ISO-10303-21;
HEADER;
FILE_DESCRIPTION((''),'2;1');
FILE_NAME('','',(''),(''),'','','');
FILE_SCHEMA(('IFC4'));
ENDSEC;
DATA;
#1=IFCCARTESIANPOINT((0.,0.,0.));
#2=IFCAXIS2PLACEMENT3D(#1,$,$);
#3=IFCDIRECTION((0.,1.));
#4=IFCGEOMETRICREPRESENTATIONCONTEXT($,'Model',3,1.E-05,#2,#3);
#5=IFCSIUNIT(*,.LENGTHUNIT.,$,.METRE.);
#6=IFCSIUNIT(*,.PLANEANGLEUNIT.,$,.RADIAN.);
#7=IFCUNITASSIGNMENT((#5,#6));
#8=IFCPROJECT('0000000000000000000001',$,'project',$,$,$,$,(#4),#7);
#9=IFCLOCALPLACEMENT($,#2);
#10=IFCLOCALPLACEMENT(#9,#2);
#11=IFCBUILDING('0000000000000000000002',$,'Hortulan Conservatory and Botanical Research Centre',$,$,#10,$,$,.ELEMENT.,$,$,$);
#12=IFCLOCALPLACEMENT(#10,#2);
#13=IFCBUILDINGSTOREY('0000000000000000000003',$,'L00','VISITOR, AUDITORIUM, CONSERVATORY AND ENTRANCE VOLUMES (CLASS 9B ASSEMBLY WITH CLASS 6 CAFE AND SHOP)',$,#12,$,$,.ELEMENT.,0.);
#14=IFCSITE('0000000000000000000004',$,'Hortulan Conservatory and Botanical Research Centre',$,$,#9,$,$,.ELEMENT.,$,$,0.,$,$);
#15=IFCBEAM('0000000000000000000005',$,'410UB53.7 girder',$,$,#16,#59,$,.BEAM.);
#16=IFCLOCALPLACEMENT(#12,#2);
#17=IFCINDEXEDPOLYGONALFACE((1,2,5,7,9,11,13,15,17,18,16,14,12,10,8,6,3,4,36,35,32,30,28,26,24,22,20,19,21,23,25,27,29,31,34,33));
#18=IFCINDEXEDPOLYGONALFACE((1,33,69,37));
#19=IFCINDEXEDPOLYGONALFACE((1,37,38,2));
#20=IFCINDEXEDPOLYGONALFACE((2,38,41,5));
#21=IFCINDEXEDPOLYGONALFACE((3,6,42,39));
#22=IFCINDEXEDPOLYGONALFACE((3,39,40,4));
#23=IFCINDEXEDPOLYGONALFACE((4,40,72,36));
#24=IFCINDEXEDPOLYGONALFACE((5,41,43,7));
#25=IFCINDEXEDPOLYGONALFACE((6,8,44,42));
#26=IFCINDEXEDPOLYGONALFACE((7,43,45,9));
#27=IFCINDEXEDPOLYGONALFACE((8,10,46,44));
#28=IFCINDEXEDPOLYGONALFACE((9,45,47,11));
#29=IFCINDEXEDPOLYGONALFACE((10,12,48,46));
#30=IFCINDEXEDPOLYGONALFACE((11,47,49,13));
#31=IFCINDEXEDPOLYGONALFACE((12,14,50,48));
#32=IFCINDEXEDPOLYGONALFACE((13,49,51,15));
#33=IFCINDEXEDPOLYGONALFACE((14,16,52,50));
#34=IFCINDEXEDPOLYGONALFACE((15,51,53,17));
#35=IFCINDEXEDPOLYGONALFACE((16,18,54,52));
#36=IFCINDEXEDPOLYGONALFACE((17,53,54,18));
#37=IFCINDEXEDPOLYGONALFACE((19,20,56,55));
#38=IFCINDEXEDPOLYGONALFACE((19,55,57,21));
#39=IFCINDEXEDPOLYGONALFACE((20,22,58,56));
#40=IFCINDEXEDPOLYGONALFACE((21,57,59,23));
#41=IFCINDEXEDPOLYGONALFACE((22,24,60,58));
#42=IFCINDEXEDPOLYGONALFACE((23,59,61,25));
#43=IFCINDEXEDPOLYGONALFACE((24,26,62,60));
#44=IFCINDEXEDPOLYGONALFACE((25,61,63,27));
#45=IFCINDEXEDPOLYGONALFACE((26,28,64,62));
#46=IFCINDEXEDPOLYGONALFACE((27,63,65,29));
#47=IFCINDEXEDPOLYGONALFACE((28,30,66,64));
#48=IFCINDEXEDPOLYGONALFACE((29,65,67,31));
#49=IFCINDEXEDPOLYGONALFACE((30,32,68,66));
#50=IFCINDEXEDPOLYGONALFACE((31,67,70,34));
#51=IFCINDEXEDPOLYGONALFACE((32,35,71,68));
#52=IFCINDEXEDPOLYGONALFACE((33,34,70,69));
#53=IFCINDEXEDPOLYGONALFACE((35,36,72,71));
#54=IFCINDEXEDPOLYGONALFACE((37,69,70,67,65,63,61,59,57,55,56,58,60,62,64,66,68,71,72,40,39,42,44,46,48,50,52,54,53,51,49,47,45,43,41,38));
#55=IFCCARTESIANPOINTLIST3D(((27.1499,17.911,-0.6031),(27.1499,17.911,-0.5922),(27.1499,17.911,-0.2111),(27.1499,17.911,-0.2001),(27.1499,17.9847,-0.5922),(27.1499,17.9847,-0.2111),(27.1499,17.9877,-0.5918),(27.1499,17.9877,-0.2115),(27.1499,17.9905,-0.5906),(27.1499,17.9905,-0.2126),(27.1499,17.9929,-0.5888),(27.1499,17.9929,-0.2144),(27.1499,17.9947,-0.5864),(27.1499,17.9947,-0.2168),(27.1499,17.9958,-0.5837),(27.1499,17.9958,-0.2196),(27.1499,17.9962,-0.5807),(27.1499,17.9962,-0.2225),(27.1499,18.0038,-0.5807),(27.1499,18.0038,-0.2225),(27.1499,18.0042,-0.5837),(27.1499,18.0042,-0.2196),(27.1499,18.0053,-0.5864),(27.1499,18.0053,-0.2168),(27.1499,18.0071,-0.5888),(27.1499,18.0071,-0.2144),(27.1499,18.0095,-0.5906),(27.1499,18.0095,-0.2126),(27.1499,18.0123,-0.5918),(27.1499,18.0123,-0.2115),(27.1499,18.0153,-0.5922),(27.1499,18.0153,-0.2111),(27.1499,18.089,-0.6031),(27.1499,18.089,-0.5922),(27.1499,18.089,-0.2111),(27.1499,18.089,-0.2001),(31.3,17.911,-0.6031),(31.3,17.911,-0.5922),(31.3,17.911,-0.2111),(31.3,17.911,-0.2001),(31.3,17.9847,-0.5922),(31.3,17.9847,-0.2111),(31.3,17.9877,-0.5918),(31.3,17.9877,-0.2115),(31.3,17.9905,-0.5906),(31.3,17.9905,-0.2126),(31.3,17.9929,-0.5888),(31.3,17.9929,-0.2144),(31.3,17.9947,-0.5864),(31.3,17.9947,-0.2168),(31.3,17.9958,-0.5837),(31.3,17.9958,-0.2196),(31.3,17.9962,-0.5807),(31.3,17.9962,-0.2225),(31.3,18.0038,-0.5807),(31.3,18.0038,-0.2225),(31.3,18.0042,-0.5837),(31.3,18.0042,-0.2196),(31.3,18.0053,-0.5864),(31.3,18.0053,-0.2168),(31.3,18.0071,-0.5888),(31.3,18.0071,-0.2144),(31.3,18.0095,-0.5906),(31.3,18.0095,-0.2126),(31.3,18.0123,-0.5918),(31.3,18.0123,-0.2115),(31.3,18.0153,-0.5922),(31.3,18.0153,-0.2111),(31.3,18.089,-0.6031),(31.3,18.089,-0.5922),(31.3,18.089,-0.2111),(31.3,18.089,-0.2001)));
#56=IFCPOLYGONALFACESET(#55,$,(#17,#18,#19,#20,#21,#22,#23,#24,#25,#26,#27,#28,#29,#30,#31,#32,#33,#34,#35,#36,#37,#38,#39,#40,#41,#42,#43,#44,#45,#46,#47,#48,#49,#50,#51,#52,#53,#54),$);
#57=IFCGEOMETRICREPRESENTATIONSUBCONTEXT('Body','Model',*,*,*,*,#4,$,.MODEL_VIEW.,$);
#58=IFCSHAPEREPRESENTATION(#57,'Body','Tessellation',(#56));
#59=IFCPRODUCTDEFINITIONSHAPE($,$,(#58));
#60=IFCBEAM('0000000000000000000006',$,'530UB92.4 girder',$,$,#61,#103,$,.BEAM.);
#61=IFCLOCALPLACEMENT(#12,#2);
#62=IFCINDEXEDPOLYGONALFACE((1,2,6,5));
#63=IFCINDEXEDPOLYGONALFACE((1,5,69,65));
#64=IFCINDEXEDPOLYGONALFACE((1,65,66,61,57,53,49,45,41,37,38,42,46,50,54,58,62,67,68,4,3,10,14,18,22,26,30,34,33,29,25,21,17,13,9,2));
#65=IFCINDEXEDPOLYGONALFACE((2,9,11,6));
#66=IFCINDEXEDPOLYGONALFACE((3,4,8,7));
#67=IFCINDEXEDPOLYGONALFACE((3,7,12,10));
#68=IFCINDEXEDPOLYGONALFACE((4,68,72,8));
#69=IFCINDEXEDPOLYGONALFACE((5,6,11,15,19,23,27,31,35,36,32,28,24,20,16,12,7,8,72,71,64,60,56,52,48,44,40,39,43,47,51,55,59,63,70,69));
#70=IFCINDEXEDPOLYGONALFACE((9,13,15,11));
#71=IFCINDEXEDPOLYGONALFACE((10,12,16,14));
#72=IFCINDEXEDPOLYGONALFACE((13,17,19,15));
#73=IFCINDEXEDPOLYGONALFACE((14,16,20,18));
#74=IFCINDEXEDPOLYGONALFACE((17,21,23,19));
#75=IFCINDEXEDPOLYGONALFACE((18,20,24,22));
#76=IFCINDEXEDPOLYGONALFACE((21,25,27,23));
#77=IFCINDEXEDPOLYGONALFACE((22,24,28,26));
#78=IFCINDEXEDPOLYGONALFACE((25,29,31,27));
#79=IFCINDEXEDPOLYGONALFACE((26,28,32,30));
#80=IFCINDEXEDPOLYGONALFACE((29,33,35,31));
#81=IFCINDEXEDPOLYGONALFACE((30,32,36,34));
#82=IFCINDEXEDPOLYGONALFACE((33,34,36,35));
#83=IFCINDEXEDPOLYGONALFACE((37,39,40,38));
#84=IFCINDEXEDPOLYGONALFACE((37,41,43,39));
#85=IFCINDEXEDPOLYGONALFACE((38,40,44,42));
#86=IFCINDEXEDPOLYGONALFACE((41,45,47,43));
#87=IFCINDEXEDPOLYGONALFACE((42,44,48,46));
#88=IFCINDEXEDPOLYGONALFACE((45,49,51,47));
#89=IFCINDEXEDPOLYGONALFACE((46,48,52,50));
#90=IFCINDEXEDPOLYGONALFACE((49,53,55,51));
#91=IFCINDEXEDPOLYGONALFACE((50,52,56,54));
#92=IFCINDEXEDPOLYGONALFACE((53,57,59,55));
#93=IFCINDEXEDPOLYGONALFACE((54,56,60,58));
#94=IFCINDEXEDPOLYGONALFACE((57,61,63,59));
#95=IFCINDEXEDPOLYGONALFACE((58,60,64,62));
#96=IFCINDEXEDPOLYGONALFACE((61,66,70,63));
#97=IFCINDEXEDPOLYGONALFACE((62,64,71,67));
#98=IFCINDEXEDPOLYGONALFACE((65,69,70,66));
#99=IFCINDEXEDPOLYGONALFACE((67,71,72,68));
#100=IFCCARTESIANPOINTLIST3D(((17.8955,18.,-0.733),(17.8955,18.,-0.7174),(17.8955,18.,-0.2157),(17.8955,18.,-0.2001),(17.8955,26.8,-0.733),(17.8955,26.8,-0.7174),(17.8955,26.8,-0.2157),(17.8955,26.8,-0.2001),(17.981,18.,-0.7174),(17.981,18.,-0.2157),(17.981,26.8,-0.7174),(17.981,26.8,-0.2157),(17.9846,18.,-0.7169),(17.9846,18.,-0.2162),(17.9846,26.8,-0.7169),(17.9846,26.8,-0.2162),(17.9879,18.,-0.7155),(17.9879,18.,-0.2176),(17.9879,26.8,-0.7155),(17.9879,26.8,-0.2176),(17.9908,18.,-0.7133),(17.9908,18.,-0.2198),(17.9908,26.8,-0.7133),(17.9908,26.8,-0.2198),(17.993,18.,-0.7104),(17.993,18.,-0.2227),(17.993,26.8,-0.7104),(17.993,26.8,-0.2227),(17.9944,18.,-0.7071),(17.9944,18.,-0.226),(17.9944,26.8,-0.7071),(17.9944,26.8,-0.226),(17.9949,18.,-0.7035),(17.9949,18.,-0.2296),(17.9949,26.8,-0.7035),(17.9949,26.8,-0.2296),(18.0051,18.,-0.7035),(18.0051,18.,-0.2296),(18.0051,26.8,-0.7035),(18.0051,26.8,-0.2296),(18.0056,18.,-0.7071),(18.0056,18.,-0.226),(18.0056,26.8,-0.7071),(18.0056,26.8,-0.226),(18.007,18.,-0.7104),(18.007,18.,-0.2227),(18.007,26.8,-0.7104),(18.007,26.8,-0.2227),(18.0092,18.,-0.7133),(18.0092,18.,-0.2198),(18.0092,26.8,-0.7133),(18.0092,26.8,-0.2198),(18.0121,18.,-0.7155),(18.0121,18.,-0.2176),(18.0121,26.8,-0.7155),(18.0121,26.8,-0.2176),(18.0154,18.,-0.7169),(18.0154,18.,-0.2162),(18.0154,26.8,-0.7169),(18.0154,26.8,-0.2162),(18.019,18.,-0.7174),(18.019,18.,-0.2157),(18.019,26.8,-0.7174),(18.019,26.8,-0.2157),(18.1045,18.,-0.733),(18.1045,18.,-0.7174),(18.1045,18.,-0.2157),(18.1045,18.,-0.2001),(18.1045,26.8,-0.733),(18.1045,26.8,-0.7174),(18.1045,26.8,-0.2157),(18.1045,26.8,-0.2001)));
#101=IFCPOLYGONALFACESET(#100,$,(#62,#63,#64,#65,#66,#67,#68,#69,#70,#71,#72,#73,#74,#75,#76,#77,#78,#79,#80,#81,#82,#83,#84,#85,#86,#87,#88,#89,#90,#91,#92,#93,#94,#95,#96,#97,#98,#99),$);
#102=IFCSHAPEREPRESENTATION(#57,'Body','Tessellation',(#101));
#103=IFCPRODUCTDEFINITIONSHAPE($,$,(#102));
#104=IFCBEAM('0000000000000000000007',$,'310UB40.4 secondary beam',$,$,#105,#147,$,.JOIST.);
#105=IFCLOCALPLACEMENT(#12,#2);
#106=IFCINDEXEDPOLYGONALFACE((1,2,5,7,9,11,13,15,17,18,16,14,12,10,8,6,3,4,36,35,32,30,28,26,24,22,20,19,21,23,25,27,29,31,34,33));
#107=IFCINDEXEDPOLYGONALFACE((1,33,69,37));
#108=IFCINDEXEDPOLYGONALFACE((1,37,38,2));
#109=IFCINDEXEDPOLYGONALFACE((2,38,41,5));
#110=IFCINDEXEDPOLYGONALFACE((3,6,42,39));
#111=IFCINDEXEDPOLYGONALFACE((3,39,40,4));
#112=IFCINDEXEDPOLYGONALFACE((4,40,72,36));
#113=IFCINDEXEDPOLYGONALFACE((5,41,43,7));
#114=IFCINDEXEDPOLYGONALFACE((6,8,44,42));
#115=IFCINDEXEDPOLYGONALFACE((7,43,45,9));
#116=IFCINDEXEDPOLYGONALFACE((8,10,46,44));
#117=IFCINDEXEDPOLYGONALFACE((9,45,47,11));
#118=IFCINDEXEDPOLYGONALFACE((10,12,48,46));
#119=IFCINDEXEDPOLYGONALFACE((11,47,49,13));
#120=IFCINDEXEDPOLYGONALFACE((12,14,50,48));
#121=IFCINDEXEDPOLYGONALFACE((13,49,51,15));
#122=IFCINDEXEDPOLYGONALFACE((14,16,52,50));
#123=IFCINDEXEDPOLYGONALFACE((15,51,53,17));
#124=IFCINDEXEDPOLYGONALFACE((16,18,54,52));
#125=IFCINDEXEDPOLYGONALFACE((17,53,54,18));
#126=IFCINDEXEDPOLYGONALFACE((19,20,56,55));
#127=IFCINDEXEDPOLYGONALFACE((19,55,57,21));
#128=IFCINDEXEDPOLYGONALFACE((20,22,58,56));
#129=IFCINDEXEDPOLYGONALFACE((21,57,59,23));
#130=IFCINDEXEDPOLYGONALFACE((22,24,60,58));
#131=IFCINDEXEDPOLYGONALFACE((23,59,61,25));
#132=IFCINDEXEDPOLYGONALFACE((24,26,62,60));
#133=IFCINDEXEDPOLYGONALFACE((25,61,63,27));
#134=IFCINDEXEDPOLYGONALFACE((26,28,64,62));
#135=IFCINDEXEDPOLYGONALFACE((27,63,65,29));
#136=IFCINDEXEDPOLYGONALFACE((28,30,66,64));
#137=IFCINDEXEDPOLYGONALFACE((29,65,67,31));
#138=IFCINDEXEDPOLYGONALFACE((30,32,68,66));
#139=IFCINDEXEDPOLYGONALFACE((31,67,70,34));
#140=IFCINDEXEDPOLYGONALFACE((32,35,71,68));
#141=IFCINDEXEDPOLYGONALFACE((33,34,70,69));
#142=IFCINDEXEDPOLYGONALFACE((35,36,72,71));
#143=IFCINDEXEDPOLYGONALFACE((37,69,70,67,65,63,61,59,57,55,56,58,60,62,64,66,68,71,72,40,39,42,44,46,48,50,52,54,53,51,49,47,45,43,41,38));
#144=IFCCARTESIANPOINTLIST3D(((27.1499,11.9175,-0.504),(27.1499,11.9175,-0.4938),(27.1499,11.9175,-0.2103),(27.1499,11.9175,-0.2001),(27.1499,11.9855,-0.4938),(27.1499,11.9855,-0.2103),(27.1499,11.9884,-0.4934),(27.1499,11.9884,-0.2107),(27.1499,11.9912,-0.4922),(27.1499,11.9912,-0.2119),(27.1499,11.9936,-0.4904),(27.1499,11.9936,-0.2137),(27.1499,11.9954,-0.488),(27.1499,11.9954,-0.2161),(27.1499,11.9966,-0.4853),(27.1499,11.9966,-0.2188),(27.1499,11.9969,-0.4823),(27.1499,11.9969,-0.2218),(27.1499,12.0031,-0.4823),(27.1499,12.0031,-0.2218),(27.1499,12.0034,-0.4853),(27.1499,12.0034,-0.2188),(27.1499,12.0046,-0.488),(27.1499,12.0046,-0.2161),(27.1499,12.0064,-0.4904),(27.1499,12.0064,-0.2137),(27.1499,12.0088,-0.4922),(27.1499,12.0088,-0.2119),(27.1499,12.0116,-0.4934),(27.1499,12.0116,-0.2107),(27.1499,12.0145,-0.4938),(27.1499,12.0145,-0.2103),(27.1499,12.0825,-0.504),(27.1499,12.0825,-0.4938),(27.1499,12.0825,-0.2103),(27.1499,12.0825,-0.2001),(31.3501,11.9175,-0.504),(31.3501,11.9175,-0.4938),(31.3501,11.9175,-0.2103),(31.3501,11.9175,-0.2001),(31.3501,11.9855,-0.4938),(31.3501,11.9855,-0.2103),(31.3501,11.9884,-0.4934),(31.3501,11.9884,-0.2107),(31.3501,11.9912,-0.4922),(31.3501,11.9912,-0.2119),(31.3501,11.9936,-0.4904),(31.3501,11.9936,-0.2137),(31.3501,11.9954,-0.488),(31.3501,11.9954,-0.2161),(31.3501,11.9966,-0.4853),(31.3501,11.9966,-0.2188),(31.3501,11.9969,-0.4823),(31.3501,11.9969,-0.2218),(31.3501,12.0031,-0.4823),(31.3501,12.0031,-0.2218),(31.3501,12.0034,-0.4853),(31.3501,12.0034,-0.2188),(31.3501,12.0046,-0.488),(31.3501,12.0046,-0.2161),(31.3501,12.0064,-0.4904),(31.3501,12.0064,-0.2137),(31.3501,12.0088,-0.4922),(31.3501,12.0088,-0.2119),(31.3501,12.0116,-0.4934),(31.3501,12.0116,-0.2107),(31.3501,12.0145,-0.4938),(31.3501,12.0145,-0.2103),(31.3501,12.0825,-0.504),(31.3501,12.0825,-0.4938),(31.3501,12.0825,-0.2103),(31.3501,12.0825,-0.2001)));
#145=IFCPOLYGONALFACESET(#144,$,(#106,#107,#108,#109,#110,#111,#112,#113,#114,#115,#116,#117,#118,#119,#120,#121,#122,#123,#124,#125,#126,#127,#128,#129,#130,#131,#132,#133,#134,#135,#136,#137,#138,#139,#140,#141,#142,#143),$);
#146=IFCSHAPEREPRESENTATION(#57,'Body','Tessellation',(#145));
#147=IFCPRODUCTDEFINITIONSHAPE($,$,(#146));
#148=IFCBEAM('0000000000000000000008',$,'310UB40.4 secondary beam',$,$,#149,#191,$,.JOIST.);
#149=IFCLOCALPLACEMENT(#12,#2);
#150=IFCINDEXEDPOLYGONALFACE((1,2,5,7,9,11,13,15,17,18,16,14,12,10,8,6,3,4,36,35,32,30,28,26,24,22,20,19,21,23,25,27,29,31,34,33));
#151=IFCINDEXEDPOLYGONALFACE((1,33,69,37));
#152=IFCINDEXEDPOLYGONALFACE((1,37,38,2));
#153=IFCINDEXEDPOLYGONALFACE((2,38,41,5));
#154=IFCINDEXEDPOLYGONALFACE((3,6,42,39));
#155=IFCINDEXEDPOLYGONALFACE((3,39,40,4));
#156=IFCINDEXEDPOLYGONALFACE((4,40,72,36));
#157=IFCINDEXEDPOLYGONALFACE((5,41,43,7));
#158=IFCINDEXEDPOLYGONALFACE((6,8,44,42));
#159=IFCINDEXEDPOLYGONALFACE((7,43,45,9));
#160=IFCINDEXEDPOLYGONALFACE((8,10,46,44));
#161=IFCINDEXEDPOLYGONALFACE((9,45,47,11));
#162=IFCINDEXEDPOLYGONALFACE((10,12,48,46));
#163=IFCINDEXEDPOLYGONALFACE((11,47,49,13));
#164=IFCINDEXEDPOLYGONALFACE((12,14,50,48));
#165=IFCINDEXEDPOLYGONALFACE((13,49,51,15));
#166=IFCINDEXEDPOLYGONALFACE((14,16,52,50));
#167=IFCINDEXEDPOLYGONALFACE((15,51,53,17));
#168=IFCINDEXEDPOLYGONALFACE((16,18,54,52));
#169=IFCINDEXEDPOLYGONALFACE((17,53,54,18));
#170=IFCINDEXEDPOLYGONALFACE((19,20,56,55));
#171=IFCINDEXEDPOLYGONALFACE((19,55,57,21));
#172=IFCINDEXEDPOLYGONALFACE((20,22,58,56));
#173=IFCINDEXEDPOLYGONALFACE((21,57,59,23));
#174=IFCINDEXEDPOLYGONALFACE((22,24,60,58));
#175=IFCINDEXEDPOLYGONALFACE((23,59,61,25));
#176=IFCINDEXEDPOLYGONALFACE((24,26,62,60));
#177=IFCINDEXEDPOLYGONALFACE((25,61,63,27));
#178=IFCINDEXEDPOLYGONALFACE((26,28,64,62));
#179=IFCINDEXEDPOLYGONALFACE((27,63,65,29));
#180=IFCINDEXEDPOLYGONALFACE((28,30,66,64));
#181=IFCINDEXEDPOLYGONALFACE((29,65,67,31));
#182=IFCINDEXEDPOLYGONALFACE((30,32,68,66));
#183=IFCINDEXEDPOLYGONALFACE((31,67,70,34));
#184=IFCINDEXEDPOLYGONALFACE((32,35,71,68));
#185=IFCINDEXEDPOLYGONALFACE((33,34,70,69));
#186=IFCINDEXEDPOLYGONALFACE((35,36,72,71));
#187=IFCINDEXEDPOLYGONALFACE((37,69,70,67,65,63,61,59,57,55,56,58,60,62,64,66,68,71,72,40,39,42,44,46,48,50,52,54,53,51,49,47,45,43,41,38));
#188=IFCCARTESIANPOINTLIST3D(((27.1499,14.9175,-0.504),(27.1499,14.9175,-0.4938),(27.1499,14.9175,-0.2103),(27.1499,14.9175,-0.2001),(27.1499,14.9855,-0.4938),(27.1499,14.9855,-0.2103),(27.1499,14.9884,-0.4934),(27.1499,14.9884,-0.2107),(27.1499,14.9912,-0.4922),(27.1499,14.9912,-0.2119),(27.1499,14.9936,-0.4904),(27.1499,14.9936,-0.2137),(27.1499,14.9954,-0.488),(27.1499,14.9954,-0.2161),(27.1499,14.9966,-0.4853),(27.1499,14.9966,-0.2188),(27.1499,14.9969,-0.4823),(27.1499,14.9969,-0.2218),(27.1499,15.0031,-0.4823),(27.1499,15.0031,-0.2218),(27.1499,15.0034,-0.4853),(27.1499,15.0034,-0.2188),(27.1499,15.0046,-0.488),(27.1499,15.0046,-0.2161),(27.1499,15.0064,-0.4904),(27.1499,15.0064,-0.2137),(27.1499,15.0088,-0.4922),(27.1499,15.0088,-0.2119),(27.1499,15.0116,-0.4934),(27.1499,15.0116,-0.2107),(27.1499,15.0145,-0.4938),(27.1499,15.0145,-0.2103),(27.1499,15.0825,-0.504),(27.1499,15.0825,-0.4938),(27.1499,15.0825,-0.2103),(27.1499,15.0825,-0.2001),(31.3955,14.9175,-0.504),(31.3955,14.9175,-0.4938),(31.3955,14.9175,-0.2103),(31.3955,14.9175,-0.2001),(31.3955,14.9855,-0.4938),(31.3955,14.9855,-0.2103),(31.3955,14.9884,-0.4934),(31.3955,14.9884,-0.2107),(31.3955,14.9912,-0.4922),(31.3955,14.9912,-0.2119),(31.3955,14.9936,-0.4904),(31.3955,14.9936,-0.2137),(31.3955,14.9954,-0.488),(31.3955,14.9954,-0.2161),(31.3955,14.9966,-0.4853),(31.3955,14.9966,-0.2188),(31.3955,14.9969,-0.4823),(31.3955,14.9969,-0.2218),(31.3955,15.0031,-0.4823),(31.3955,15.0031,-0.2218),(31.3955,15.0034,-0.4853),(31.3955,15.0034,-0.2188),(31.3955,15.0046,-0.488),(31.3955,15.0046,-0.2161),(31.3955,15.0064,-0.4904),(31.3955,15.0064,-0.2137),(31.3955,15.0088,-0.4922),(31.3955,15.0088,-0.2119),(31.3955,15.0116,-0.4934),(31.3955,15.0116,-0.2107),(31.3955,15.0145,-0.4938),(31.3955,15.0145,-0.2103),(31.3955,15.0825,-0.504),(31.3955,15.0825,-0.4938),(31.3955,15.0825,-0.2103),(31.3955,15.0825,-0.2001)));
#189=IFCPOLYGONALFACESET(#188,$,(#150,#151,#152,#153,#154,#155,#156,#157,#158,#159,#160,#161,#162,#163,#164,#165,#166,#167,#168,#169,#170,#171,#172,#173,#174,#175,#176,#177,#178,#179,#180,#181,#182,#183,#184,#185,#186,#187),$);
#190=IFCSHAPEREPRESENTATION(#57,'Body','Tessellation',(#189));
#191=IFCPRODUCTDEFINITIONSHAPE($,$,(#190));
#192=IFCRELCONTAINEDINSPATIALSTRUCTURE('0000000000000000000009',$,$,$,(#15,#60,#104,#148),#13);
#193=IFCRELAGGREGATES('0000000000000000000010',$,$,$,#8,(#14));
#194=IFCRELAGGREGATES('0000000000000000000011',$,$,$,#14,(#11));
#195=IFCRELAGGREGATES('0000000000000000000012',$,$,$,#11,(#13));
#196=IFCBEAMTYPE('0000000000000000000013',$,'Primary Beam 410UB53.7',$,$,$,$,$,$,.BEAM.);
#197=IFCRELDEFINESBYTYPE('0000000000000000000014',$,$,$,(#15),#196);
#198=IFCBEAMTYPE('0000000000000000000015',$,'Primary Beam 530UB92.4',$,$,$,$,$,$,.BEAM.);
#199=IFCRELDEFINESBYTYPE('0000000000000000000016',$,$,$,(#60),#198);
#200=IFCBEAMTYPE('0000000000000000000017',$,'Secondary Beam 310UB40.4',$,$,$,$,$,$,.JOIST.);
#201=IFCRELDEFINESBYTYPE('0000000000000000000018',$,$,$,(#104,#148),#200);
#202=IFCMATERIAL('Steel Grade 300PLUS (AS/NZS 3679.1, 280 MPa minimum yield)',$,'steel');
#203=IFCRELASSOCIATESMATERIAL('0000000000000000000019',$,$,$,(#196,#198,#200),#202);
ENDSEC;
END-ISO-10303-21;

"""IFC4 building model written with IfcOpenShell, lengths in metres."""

from ifc_helpers import new_model, si_unit, direction, frame, origin, origin_2d, place, context, subcontext, project, spatial, i_section, extrude, material, material_profile, profile_set, type_object, element, save


model = new_model("IFC4")

# Units and contexts
model_context = context("Model", 3, precision=1e-05, world=origin(), true_north=direction((0.0, 1.0)))
body_context = subcontext(model_context, "Body", "Model", "MODEL_VIEW")
ifc_project = project(units=[si_unit("LENGTHUNIT", "METRE"), si_unit("PLANEANGLEUNIT", "RADIAN")], contexts=[model_context])

# Site, building, storey
site_placement = place(None, origin())
site = spatial("IfcSite", under=ifc_project, at=site_placement, Name="Hortulan Conservatory and Botanical Research Centre", CompositionType="ELEMENT", RefElevation=0.0)
building_placement = place(site_placement, origin())
building = spatial("IfcBuilding", under=site, at=building_placement, Name="Hortulan Conservatory and Botanical Research Centre", CompositionType="ELEMENT")
storey_placement = place(building_placement, origin())
storey = spatial("IfcBuildingStorey", under=building, at=storey_placement, Name="L00", Description="VISITOR, AUDITORIUM, CONSERVATORY AND ENTRANCE VOLUMES (CLASS 9B ASSEMBLY WITH CLASS 6 CAFE AND SHOP)", CompositionType="ELEMENT", Elevation=0.0)

# Beams
ifc_material_1 = material(Name="Steel Grade 300PLUS (AS/NZS 3679.1, 280 MPa minimum yield)", Category="steel")
ifc_material_profile_1 = material_profile(ifc_material_1, i_section(OverallWidth=0.178, OverallDepth=0.4031, WebThickness=0.0076, FlangeThickness=0.011, FilletRadius=0.0115, at=origin_2d()), Name="410UB53.7")
ifc_profile_set_1 = profile_set([ifc_material_profile_1], Name="Steel Grade 300PLUS (AS/NZS 3679.1, 280 MPa minimum yield)")
beam_type_1 = type_object("IfcBeamType", Name="Primary Beam 410UB53.7", PredefinedType="BEAM", material=ifc_profile_set_1)
beam_1_placement = place(storey_placement, frame((27.1499, 18.0, -0.4016), z_axis=(1.0, 0.0, 0.0), x_axis=(0.0, 1.0, 0.0)))
element("IfcBeam", 1, at=beam_1_placement, inside=storey, type_object=beam_type_1, Name="410UB53.7 girder", PredefinedType="BEAM", context=body_context, shape_type="SweptSolid", body=[
    extrude(i_section(OverallWidth=0.178, OverallDepth=0.4031, WebThickness=0.0076, FlangeThickness=0.011, FilletRadius=0.0115, at=origin_2d()), origin(), (0.0, 0.0, 1.0), 4.1501),
])
ifc_material_profile_2 = material_profile(ifc_material_1, i_section(OverallWidth=0.209, OverallDepth=0.533, WebThickness=0.0103, FlangeThickness=0.0156, FilletRadius=0.0139, at=origin_2d()), Name="530UB92.4")
ifc_profile_set_2 = profile_set([ifc_material_profile_2], Name="Steel Grade 300PLUS (AS/NZS 3679.1, 280 MPa minimum yield)")
beam_type_2 = type_object("IfcBeamType", Name="Primary Beam 530UB92.4", PredefinedType="BEAM", material=ifc_profile_set_2)
beam_2_placement = place(storey_placement, frame((18.0, 18.0, -0.4666), z_axis=(0.0, 1.0, 0.0), x_axis=(-1.0, 0.0, 0.0)))
element("IfcBeam", 2, at=beam_2_placement, inside=storey, type_object=beam_type_2, Name="530UB92.4 girder", PredefinedType="BEAM", context=body_context, shape_type="SweptSolid", body=[
    extrude(i_section(OverallWidth=0.209, OverallDepth=0.533, WebThickness=0.0103, FlangeThickness=0.0156, FilletRadius=0.0139, at=origin_2d()), origin(), (0.0, 0.0, 1.0), 8.8),
])
ifc_material_profile_3 = material_profile(ifc_material_1, i_section(OverallWidth=0.165, OverallDepth=0.304, WebThickness=0.0061, FlangeThickness=0.0103, FilletRadius=0.0115, at=origin_2d()), Name="310UB40.4")
ifc_profile_set_3 = profile_set([ifc_material_profile_3], Name="Steel Grade 300PLUS (AS/NZS 3679.1, 280 MPa minimum yield)")
beam_type_3 = type_object("IfcBeamType", Name="Secondary Beam 310UB40.4", PredefinedType="JOIST", material=ifc_profile_set_3)
beam_3_placement = place(storey_placement, frame((27.1499, 12.0, -0.3521), z_axis=(1.0, 0.0, 0.0), x_axis=(0.0, 1.0, 0.0)))
element("IfcBeam", 3, at=beam_3_placement, inside=storey, type_object=beam_type_3, Name="310UB40.4 secondary beam", PredefinedType="JOIST", context=body_context, shape_type="SweptSolid", body=[
    extrude(i_section(OverallWidth=0.165, OverallDepth=0.304, WebThickness=0.0061, FlangeThickness=0.0103, FilletRadius=0.0115, at=origin_2d()), origin(), (0.0, 0.0, 1.0), 4.2002),
])
beam_4_placement = place(storey_placement, frame((27.1499, 15.0, -0.3521), z_axis=(1.0, 0.0, 0.0), x_axis=(0.0, 1.0, 0.0)))
element("IfcBeam", 4, at=beam_4_placement, inside=storey, type_object=beam_type_3, Name="310UB40.4 secondary beam", PredefinedType="JOIST", context=body_context, shape_type="SweptSolid", body=[
    extrude(i_section(OverallWidth=0.165, OverallDepth=0.304, WebThickness=0.0061, FlangeThickness=0.0103, FilletRadius=0.0115, at=origin_2d()), origin(), (0.0, 0.0, 1.0), 4.2456),
])

save(model, "model.ifc")
